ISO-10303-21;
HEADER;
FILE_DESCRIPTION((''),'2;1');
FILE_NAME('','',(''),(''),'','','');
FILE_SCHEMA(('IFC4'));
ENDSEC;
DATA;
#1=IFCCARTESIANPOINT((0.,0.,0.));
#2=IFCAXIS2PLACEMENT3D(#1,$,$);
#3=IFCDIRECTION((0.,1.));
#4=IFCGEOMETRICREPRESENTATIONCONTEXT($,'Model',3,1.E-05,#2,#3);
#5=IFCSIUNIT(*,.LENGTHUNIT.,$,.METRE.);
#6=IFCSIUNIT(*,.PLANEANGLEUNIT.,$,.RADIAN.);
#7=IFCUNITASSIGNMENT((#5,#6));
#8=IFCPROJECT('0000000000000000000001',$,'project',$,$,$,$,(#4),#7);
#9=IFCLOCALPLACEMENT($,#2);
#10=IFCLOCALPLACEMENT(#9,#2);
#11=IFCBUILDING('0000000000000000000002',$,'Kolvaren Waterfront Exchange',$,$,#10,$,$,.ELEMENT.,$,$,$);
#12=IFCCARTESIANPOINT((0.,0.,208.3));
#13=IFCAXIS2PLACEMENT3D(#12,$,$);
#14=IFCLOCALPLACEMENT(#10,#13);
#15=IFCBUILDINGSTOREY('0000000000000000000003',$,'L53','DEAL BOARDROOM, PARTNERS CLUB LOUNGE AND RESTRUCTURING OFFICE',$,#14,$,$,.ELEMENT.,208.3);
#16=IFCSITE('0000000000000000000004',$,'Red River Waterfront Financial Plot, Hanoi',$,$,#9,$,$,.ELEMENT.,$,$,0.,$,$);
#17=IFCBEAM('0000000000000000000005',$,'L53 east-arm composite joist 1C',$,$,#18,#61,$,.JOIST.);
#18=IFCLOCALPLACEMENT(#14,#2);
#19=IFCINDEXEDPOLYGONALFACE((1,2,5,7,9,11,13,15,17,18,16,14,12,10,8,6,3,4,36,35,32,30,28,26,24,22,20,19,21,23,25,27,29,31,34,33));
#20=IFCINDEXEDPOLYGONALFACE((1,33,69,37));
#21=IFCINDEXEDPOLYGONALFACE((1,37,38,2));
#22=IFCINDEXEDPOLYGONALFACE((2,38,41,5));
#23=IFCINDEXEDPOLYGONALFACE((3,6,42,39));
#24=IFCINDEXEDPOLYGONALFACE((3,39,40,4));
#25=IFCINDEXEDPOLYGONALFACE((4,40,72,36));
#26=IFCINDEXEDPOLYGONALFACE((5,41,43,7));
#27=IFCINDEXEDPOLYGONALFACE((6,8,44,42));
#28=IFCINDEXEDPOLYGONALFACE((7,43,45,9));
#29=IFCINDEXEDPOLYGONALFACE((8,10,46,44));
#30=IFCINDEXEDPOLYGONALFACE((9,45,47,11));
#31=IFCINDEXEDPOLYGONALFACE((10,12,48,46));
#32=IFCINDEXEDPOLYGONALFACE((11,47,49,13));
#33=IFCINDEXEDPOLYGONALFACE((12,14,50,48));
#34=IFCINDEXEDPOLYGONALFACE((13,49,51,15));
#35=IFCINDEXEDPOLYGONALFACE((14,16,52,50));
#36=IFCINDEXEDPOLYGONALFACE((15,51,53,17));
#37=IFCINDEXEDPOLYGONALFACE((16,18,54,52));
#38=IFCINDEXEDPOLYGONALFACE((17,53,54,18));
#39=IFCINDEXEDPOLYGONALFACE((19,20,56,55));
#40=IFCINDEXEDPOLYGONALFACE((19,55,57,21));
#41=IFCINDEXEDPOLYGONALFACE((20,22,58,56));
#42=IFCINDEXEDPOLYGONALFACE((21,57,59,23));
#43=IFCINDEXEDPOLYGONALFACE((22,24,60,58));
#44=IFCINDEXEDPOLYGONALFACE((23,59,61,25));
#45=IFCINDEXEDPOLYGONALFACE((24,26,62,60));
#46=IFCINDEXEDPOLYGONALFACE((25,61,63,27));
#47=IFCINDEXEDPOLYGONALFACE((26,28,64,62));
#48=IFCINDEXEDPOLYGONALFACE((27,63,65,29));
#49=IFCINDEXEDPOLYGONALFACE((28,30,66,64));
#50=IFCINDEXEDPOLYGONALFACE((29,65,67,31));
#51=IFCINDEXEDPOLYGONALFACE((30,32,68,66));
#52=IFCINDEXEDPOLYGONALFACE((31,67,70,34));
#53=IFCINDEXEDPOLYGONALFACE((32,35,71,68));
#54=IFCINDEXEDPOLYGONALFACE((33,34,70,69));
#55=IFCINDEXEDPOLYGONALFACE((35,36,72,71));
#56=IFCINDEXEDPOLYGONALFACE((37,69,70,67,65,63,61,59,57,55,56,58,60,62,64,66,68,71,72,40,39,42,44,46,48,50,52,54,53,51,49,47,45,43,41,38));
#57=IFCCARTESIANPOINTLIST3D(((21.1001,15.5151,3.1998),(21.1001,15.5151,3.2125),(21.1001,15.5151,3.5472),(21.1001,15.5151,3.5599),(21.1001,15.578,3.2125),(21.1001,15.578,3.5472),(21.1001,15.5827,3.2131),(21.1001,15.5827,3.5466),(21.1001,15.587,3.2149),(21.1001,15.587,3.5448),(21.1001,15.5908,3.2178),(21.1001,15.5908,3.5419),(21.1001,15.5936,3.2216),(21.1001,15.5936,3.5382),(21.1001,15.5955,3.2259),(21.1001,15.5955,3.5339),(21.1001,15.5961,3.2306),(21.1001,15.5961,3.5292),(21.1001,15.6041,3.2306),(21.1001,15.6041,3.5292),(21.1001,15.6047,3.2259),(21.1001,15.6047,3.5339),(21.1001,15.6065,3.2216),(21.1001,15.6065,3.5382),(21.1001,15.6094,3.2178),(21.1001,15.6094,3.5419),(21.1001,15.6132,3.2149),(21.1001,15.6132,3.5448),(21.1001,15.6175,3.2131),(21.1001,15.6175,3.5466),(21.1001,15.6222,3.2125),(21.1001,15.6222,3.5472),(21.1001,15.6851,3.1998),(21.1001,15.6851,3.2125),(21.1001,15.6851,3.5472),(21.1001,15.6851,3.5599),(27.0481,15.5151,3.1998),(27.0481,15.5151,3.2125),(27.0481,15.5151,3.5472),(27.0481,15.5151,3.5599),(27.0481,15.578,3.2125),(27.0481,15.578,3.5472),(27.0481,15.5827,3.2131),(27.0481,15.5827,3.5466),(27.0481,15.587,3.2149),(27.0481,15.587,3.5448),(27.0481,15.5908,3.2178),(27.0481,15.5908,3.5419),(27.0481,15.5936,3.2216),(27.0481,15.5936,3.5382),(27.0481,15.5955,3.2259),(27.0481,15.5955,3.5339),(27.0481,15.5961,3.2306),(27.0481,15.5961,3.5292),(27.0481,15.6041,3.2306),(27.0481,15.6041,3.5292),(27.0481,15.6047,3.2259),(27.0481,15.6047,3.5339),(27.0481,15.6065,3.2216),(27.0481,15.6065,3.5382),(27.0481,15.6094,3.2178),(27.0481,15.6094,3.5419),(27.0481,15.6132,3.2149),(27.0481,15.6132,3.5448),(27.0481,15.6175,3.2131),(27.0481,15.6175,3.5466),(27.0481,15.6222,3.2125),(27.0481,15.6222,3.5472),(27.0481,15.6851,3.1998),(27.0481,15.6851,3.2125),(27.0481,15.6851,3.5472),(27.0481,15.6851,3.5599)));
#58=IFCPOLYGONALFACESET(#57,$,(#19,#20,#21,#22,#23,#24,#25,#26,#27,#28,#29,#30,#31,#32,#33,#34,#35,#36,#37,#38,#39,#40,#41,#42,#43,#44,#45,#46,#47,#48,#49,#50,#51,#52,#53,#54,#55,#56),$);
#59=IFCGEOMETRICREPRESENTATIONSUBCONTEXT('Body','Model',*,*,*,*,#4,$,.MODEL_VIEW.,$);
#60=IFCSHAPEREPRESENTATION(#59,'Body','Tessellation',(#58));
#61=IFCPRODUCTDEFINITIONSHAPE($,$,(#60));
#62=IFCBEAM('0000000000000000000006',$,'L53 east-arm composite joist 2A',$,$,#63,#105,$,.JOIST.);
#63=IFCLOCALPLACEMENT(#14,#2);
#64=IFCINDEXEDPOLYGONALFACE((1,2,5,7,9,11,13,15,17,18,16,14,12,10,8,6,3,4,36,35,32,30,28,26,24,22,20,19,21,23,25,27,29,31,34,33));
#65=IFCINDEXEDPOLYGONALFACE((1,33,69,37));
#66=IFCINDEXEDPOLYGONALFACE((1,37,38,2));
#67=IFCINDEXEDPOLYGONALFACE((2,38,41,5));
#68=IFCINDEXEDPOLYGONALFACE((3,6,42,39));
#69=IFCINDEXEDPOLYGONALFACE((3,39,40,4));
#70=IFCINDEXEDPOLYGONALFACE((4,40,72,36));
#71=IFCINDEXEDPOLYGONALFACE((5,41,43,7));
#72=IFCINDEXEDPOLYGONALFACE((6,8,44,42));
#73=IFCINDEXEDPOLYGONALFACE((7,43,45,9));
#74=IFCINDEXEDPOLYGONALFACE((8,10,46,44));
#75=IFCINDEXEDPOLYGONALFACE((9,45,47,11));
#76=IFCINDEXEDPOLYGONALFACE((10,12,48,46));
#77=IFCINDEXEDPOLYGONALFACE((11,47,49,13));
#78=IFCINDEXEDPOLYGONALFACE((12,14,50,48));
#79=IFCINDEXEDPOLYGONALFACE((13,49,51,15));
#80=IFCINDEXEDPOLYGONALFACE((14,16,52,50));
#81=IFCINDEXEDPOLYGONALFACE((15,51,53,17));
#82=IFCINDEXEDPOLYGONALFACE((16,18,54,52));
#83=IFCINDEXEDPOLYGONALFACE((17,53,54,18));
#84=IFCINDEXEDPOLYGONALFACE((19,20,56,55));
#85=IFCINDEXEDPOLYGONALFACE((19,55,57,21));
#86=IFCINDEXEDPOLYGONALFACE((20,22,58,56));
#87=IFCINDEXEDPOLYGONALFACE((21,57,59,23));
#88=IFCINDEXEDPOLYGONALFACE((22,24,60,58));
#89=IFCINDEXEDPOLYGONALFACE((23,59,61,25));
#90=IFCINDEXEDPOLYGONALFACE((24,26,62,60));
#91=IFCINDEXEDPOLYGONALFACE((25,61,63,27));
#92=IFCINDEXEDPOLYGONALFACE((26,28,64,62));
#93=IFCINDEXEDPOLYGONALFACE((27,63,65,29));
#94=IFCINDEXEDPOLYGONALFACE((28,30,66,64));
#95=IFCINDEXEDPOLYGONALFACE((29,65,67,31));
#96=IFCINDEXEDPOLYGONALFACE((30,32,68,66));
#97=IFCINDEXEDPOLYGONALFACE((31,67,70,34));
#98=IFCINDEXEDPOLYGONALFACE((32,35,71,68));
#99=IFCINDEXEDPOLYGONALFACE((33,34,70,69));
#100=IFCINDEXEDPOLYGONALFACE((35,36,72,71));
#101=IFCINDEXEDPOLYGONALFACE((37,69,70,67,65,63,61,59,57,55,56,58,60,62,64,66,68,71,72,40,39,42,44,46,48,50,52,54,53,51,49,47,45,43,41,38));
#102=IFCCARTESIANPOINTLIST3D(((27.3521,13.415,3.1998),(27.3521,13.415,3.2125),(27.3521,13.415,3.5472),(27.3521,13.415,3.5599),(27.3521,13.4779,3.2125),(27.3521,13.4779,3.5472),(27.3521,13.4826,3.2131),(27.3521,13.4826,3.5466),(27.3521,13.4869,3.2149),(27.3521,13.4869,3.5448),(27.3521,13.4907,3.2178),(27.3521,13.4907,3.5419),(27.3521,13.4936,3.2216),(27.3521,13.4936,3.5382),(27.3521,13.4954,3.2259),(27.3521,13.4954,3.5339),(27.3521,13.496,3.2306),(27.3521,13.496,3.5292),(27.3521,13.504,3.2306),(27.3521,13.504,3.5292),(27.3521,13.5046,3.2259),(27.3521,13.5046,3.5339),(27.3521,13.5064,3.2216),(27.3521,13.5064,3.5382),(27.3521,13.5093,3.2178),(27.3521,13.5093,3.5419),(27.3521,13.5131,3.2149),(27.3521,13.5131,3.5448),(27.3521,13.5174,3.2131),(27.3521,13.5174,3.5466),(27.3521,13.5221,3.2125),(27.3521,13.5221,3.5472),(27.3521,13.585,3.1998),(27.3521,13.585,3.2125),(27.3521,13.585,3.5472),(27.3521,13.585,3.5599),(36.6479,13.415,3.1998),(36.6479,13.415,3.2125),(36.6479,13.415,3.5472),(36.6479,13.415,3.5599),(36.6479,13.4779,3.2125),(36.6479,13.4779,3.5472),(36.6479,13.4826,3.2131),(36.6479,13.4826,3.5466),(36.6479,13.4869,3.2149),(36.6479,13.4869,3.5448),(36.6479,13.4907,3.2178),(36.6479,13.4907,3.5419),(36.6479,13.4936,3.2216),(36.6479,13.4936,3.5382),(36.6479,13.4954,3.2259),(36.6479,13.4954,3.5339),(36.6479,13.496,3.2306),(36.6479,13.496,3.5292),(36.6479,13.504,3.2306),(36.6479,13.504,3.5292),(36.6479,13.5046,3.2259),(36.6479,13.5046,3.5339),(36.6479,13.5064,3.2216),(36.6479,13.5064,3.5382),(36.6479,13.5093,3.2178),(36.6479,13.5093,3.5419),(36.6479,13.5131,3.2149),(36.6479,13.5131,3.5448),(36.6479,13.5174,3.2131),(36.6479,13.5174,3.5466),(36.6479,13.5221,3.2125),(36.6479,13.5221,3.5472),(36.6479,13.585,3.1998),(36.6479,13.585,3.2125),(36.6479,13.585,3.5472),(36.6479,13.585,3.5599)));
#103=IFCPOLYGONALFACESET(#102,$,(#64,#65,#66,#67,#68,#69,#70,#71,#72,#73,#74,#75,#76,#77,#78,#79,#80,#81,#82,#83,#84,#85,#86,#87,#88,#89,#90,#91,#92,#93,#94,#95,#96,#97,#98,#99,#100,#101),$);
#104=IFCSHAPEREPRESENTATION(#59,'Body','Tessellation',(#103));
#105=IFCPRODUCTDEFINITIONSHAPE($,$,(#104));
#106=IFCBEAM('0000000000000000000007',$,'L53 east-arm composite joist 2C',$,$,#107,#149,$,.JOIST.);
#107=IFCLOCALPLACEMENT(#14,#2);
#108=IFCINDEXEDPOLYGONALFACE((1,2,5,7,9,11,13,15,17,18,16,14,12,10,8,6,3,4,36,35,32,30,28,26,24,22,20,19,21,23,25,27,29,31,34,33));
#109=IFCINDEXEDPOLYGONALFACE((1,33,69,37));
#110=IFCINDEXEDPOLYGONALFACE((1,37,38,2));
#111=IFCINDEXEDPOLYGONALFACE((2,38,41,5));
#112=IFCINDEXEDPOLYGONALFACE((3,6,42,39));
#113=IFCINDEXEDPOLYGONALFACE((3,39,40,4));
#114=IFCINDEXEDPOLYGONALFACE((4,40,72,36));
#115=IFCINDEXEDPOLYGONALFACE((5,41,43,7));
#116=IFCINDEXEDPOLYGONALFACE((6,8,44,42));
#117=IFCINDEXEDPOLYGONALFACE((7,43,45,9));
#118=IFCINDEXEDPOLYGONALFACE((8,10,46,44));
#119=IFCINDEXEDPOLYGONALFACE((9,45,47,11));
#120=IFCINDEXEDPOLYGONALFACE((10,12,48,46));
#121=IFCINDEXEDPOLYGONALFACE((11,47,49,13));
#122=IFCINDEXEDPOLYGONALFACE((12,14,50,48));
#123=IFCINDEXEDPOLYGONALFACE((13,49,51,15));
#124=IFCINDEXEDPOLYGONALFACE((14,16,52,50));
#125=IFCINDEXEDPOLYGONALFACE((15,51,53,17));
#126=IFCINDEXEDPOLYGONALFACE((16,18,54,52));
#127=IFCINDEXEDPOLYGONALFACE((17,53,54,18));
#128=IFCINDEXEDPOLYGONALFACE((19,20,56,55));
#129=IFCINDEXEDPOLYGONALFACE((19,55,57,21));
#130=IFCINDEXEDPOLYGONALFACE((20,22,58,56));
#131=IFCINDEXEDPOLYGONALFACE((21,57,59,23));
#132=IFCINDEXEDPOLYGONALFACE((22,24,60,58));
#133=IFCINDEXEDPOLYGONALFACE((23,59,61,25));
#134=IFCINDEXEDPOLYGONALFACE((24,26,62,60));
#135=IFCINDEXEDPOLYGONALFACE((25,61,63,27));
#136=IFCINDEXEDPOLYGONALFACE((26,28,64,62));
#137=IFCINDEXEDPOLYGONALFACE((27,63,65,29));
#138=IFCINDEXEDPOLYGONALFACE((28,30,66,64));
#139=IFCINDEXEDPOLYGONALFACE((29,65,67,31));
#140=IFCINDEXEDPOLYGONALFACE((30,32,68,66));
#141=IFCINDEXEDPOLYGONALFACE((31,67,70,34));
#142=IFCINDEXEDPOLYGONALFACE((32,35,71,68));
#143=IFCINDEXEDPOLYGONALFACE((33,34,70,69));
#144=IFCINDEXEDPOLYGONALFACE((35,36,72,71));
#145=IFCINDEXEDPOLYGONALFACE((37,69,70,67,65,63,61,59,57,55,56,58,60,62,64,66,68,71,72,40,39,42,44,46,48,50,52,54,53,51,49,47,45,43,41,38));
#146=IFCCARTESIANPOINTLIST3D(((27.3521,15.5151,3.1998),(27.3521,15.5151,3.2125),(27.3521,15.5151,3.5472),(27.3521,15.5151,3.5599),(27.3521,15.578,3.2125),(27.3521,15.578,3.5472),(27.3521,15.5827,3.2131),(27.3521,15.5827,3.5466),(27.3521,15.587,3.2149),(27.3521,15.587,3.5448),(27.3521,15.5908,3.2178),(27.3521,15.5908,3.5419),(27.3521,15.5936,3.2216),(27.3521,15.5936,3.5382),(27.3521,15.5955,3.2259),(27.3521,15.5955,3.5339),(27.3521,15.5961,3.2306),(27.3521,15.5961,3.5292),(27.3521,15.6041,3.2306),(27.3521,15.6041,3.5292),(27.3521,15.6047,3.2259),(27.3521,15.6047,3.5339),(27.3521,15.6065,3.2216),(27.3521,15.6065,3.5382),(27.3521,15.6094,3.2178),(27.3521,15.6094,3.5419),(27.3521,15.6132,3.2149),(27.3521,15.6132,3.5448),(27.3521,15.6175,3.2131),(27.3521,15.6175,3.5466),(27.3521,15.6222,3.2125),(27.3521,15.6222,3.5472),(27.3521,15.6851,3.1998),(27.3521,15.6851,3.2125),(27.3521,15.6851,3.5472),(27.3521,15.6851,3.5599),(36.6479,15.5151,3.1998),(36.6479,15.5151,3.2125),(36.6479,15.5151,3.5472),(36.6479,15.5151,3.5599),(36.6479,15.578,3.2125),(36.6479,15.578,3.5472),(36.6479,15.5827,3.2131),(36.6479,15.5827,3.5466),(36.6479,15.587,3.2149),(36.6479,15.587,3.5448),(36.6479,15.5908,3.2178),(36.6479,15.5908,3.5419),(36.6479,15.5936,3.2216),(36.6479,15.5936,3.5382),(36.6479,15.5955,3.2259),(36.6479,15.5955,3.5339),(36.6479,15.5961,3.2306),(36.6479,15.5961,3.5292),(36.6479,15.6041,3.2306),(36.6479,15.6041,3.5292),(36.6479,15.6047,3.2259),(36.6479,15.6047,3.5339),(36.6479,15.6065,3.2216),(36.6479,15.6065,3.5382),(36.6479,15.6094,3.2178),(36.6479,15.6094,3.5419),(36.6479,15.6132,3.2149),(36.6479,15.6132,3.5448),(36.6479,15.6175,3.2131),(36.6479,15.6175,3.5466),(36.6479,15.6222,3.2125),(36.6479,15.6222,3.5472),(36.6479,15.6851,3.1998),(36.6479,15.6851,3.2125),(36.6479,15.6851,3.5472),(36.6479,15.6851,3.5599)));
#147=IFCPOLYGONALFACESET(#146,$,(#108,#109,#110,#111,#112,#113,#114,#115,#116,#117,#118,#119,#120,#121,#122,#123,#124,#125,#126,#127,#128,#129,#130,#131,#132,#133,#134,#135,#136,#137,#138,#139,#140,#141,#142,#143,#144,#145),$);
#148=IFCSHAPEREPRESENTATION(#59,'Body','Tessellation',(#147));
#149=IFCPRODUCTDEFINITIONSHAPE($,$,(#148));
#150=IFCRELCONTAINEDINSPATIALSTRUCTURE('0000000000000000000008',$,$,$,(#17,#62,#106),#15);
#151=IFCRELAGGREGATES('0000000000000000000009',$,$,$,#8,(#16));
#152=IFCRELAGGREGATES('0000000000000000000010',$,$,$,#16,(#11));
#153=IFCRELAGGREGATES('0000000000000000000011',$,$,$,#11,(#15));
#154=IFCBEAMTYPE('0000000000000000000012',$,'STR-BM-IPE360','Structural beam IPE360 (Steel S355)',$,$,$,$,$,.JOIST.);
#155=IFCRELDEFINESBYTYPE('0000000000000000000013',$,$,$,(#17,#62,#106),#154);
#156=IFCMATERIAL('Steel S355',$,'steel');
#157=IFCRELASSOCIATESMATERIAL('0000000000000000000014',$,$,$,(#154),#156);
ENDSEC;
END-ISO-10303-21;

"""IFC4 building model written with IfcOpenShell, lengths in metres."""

from ifc_helpers import new_model, si_unit, direction, frame, origin, origin_2d, place, context, subcontext, project, spatial, i_section, extrude, material, material_profile, profile_set, type_object, element, save


model = new_model("IFC4")

# Units and contexts
model_context = context("Model", 3, precision=1e-05, world=origin(), true_north=direction((0.0, 1.0)))
body_context = subcontext(model_context, "Body", "Model", "MODEL_VIEW")
ifc_project = project(units=[si_unit("LENGTHUNIT", "METRE"), si_unit("PLANEANGLEUNIT", "RADIAN")], contexts=[model_context])

# Site, building, storey
site_placement = place(None, origin())
site = spatial("IfcSite", under=ifc_project, at=site_placement, Name="Red River Waterfront Financial Plot, Hanoi", CompositionType="ELEMENT", RefElevation=0.0)
building_placement = place(site_placement, origin())
building = spatial("IfcBuilding", under=site, at=building_placement, Name="Kolvaren Waterfront Exchange", CompositionType="ELEMENT")
storey_placement = place(building_placement, frame((0.0, 0.0, 208.3)))
storey = spatial("IfcBuildingStorey", under=building, at=storey_placement, Name="L53", Description="DEAL BOARDROOM, PARTNERS CLUB LOUNGE AND RESTRUCTURING OFFICE", CompositionType="ELEMENT", Elevation=208.3)

# Beams
ifc_material_1 = material(Name="Steel S355", Category="steel")
ifc_material_profile_1 = material_profile(ifc_material_1, i_section(OverallWidth=0.1699, OverallDepth=0.3601, WebThickness=0.0081, FlangeThickness=0.0127, FilletRadius=0.0181, at=origin_2d()), Name="IPE360")
ifc_profile_set_1 = profile_set([ifc_material_profile_1], Name="Steel S355")
beam_type_1 = type_object("IfcBeamType", Name="STR-BM-IPE360", Description="Structural beam IPE360 (Steel S355)", PredefinedType="JOIST", material=ifc_profile_set_1)
for number, where, z_axis, x_axis, name in (
    (1, (21.1001, 15.6001, 3.3799), (1.0, 0.0, 0.0), (0.0, 1.0, 0.0), "L53 east-arm composite joist 1C"),
):
    element("IfcBeam", number, at=place(storey_placement, frame(where, z_axis=z_axis, x_axis=x_axis)), inside=storey, type_object=beam_type_1, Name=name, PredefinedType="JOIST", context=body_context, shape_type="SweptSolid", body=[
        extrude(i_section(OverallWidth=0.1699, OverallDepth=0.3601, WebThickness=0.0081, FlangeThickness=0.0127, FilletRadius=0.0181, at=origin_2d()), origin(), (0.0, 0.0, 1.0), 5.948),
    ])
for number, where, z_axis, x_axis, name in (
    (2, (27.3521, 13.5, 3.3799), (1.0, 0.0, 0.0), (0.0, 1.0, 0.0), "L53 east-arm composite joist 2A"),
    (3, (27.3521, 15.6001, 3.3799), (1.0, 0.0, 0.0), (0.0, 1.0, 0.0), "L53 east-arm composite joist 2C"),
):
    element("IfcBeam", number, at=place(storey_placement, frame(where, z_axis=z_axis, x_axis=x_axis)), inside=storey, type_object=beam_type_1, Name=name, PredefinedType="JOIST", context=body_context, shape_type="SweptSolid", body=[
        extrude(i_section(OverallWidth=0.1699, OverallDepth=0.3601, WebThickness=0.0081, FlangeThickness=0.0127, FilletRadius=0.0181, at=origin_2d()), origin(), (0.0, 0.0, 1.0), 9.2959),
    ])

save(model, "model.ifc")
